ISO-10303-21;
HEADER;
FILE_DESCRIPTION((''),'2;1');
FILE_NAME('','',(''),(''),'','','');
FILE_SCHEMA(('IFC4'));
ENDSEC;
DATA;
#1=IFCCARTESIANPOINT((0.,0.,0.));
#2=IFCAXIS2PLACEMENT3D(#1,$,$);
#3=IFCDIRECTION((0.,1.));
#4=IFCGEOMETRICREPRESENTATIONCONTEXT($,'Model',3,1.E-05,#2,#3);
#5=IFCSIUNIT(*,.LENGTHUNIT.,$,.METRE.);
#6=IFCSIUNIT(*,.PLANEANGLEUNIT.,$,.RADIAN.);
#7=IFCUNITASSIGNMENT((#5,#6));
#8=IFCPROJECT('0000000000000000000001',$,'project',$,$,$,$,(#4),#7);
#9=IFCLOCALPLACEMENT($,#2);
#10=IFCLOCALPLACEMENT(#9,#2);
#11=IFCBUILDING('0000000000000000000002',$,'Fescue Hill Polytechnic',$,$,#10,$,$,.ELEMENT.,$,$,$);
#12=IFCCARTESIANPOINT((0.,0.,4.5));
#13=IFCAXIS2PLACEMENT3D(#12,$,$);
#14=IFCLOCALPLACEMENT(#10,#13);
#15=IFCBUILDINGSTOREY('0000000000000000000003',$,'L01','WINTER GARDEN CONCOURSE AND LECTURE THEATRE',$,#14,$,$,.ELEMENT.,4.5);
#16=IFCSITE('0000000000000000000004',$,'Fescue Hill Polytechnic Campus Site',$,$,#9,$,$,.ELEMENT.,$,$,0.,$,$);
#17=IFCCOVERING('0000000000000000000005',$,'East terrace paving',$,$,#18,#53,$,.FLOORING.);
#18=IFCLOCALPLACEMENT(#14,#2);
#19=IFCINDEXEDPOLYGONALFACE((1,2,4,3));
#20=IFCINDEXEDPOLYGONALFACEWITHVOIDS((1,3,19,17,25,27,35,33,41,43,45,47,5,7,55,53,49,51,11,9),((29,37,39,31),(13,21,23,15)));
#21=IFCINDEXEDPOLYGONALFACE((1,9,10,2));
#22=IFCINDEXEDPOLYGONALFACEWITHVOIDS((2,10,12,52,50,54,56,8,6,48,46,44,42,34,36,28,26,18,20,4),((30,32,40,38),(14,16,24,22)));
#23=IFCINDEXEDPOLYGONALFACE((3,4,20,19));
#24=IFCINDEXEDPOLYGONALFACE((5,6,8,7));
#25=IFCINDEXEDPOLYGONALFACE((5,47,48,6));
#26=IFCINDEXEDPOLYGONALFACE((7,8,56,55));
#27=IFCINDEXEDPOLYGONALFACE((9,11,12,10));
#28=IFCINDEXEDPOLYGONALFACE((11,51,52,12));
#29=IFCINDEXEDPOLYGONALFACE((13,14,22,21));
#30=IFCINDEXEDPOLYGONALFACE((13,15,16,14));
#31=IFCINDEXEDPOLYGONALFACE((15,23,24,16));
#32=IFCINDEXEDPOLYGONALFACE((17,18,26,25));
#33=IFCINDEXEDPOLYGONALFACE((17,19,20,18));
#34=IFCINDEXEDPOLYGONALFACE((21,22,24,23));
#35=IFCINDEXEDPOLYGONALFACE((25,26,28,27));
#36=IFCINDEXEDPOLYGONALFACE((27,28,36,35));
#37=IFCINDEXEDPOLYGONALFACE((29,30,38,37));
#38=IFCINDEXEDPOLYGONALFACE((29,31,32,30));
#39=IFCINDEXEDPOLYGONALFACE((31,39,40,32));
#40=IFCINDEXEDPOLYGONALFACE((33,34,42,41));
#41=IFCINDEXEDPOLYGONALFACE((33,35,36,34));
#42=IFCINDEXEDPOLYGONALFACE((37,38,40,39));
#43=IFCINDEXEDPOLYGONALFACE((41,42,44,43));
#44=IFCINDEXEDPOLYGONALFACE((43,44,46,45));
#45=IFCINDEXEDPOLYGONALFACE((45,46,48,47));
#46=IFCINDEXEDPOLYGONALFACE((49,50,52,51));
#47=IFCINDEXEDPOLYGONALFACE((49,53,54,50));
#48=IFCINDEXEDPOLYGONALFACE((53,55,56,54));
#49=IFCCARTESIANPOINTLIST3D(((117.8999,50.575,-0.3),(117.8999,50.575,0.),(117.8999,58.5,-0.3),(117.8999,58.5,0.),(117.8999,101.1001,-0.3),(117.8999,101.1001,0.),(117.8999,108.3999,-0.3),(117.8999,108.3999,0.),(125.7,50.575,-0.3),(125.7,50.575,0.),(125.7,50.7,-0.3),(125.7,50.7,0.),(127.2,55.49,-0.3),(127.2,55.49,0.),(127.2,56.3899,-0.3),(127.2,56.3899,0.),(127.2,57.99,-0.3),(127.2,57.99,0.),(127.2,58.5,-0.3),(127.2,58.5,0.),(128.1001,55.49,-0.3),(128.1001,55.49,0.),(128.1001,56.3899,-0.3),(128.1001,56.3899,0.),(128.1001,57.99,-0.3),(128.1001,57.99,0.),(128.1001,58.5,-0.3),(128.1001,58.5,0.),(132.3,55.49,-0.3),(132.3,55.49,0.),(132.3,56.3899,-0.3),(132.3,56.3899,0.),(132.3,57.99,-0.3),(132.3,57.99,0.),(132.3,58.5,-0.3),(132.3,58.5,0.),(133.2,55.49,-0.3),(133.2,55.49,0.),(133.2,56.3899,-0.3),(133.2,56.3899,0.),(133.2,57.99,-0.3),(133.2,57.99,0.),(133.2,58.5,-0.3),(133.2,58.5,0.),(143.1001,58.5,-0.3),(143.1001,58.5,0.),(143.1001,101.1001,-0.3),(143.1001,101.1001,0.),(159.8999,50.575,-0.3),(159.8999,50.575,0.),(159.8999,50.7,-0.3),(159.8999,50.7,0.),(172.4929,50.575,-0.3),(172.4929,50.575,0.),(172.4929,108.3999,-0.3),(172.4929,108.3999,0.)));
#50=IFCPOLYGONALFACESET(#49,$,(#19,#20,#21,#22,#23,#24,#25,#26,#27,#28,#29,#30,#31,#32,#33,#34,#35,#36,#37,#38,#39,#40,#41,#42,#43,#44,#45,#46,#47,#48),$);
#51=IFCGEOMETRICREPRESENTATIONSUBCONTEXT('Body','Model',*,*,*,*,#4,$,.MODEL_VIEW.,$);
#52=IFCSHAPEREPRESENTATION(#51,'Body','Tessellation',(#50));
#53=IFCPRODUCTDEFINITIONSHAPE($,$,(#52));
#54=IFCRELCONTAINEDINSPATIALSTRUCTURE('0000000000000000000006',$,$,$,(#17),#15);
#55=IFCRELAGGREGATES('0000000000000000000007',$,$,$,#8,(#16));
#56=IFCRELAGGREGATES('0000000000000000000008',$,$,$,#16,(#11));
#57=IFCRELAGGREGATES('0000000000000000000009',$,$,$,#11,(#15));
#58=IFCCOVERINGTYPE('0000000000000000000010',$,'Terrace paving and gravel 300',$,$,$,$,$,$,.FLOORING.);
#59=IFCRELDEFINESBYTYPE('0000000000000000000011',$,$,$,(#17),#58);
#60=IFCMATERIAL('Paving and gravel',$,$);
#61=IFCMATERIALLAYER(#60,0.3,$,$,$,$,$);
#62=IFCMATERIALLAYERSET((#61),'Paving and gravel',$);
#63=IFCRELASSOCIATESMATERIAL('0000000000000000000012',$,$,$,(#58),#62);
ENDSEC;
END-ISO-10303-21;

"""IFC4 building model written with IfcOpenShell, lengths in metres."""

from ifc_helpers import new_model, si_unit, direction, frame, origin, place, context, subcontext, project, spatial, polyline, outline, extrude, material, layer, layer_set, type_object, element, save


model = new_model("IFC4")

# Units and contexts
model_context = context("Model", 3, precision=1e-05, world=origin(), true_north=direction((0.0, 1.0)))
body_context = subcontext(model_context, "Body", "Model", "MODEL_VIEW")
ifc_project = project(units=[si_unit("LENGTHUNIT", "METRE"), si_unit("PLANEANGLEUNIT", "RADIAN")], contexts=[model_context])

# Site, building, storey
site_placement = place(None, origin())
site = spatial("IfcSite", under=ifc_project, at=site_placement, Name="Fescue Hill Polytechnic Campus Site", CompositionType="ELEMENT", RefElevation=0.0)
building_placement = place(site_placement, origin())
building = spatial("IfcBuilding", under=site, at=building_placement, Name="Fescue Hill Polytechnic", CompositionType="ELEMENT")
storey_placement = place(building_placement, frame((0.0, 0.0, 4.5)))
storey = spatial("IfcBuildingStorey", under=building, at=storey_placement, Name="L01", Description="WINTER GARDEN CONCOURSE AND LECTURE THEATRE", CompositionType="ELEMENT", Elevation=4.5)

# Covering
ifc_material_1 = material(Name="Paving and gravel")
ifc_layer_1 = layer(ifc_material_1, 0.3)
ifc_layer_set_1 = layer_set([ifc_layer_1], Name="Paving and gravel")
covering_type_1 = type_object("IfcCoveringType", Name="Terrace paving and gravel 300", PredefinedType="FLOORING", material=ifc_layer_set_1)
covering_1_placement = place(storey_placement, frame((0.0, 0.0, -0.3)))
element("IfcCovering", 1, at=covering_1_placement, inside=storey, type_object=covering_type_1, Name="East terrace paving", PredefinedType="FLOORING", context=body_context, shape_type="SweptSolid", body=[
    extrude(outline(polyline([(127.2, 57.99), (128.1001, 57.99), (128.1001, 58.5), (132.3, 58.5), (132.3, 57.99), (133.2, 57.99), (133.2, 58.5), (143.1001, 58.5), (143.1001, 101.1001), (117.8999, 101.1001), (117.8999, 108.3999), (172.4929, 108.3999), (172.4929, 50.575), (159.8999, 50.575), (159.8999, 50.7), (125.7, 50.7), (125.7, 50.575), (117.8999, 50.575), (117.8999, 58.5), (127.2, 58.5), (127.2, 57.99)]), holes=[polyline([(132.3, 56.3899), (132.3, 55.49), (133.2, 55.49), (133.2, 56.3899), (132.3, 56.3899)]), polyline([(127.2, 56.3899), (127.2, 55.49), (128.1001, 55.49), (128.1001, 56.3899), (127.2, 56.3899)])]), origin(), (0.0, 0.0, 1.0), 0.3),
])

save(model, "model.ifc")
